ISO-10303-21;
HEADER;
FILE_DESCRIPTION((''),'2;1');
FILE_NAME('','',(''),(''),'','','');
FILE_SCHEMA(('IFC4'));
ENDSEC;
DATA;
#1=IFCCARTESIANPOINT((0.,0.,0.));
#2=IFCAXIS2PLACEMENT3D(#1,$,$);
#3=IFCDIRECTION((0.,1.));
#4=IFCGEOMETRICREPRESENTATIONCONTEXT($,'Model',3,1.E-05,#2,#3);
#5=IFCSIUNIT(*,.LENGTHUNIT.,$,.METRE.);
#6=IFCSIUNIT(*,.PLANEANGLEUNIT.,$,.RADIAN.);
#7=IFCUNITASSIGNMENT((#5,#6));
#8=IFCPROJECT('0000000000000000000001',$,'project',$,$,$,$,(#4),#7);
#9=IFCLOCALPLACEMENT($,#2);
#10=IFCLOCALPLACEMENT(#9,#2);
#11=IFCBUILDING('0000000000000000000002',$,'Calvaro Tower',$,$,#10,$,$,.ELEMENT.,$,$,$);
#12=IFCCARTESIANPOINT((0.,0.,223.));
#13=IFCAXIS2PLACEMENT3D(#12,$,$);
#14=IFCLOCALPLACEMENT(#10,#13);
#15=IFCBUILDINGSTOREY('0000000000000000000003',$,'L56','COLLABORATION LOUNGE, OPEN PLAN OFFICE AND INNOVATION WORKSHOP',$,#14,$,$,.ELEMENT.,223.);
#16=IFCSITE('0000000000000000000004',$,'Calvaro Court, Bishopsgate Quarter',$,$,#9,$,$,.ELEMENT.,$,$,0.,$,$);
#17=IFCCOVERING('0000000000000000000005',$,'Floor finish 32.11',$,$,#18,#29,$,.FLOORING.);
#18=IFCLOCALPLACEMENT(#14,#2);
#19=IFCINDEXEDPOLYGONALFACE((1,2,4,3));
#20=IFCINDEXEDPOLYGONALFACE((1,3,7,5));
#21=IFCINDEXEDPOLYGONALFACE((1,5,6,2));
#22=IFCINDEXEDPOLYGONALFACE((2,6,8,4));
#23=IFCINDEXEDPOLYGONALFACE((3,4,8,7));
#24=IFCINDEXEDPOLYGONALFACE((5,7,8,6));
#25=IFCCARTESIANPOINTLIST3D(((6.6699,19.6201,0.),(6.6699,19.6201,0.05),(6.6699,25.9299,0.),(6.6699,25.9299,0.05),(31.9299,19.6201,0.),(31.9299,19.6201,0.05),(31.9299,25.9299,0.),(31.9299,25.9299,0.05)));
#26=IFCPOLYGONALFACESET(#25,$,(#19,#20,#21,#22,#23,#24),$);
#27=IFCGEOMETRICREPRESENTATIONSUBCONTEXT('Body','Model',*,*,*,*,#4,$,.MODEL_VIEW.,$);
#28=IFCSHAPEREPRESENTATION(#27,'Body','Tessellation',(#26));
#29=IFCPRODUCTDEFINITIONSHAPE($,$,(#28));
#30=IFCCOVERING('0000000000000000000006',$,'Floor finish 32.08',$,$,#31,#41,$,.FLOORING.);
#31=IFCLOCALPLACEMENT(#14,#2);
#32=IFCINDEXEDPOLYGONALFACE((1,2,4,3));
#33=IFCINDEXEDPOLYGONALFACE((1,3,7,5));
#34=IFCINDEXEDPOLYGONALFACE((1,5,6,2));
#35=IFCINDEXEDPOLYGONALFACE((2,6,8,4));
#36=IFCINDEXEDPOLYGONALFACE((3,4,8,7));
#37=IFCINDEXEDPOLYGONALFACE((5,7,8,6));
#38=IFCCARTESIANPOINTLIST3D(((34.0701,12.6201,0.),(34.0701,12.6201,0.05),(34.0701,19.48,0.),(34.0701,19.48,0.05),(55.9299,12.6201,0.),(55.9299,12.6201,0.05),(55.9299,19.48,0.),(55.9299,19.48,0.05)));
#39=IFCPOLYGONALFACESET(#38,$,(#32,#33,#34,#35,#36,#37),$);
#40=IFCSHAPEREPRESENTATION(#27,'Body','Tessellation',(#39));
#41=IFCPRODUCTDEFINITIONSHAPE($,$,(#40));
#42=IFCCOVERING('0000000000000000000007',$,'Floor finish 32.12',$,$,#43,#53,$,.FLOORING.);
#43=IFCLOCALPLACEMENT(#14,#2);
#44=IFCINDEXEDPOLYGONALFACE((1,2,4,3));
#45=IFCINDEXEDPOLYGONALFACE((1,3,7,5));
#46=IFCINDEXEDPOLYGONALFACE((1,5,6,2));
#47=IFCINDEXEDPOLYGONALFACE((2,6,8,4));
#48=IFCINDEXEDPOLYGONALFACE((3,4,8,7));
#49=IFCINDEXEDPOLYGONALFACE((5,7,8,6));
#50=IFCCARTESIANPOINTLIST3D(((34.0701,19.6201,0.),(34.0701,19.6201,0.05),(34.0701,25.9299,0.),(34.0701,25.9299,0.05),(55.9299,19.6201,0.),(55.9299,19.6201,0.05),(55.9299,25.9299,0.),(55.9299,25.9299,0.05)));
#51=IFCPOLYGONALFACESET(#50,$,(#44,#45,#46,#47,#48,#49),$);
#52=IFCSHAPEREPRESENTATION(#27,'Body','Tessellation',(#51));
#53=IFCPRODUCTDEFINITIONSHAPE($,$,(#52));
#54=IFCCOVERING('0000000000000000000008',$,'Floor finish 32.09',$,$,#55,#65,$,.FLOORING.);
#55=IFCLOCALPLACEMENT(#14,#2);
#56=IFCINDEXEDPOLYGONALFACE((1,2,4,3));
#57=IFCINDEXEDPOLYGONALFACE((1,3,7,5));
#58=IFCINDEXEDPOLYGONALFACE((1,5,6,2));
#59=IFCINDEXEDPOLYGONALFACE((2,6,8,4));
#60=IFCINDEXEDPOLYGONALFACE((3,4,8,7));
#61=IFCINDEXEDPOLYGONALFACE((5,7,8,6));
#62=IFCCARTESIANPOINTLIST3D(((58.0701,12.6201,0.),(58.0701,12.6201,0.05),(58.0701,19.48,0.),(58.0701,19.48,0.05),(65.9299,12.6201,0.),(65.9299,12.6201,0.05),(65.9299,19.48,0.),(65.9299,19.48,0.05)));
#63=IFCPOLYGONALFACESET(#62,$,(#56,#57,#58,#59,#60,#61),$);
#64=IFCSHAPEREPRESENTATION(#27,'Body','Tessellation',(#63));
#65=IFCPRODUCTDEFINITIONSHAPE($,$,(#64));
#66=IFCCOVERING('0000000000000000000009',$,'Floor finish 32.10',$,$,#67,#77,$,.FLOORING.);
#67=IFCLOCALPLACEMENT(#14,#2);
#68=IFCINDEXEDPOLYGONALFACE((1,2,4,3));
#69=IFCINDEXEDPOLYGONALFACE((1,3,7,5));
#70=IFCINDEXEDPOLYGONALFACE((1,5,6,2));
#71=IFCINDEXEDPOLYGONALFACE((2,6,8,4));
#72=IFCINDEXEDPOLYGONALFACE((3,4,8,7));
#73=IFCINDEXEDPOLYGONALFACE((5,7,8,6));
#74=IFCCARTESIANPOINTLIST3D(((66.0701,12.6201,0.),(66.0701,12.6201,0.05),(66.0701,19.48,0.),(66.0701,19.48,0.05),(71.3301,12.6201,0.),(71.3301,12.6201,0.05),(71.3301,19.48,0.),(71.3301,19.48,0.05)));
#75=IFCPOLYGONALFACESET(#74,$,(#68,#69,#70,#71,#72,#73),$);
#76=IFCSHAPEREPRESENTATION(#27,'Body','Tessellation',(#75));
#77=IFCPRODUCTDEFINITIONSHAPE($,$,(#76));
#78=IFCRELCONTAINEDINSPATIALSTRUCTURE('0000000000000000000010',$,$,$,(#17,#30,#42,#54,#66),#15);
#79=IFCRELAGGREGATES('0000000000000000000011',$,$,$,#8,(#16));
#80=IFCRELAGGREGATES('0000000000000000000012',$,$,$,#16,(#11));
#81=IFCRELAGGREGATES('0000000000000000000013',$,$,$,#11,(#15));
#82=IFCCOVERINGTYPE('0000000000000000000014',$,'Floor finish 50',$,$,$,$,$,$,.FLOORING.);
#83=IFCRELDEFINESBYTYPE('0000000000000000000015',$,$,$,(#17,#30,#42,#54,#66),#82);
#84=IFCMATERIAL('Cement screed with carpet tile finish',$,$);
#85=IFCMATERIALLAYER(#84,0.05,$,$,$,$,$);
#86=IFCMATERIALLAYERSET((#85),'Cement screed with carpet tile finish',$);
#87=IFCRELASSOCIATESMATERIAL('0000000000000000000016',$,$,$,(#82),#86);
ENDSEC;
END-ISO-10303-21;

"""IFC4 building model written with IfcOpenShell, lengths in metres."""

from ifc_helpers import new_model, si_unit, direction, frame, origin, place, context, subcontext, project, spatial, polyline, outline, extrude, material, layer, layer_set, type_object, element, save


model = new_model("IFC4")

# Units and contexts
model_context = context("Model", 3, precision=1e-05, world=origin(), true_north=direction((0.0, 1.0)))
body_context = subcontext(model_context, "Body", "Model", "MODEL_VIEW")
ifc_project = project(units=[si_unit("LENGTHUNIT", "METRE"), si_unit("PLANEANGLEUNIT", "RADIAN")], contexts=[model_context])

# Site, building, storey
site_placement = place(None, origin())
site = spatial("IfcSite", under=ifc_project, at=site_placement, Name="Calvaro Court, Bishopsgate Quarter", CompositionType="ELEMENT", RefElevation=0.0)
building_placement = place(site_placement, origin())
building = spatial("IfcBuilding", under=site, at=building_placement, Name="Calvaro Tower", CompositionType="ELEMENT")
storey_placement = place(building_placement, frame((0.0, 0.0, 223.0)))
storey = spatial("IfcBuildingStorey", under=building, at=storey_placement, Name="L56", Description="COLLABORATION LOUNGE, OPEN PLAN OFFICE AND INNOVATION WORKSHOP", CompositionType="ELEMENT", Elevation=223.0)

# Coverings
ifc_material_1 = material(Name="Cement screed with carpet tile finish")
ifc_layer_1 = layer(ifc_material_1, 0.05)
ifc_layer_set_1 = layer_set([ifc_layer_1], Name="Cement screed with carpet tile finish")
covering_type = type_object("IfcCoveringType", Name="Floor finish 50", PredefinedType="FLOORING", material=ifc_layer_set_1)
covering_1_placement = place(storey_placement, origin())
element("IfcCovering", 1, at=covering_1_placement, inside=storey, type_object=covering_type, Name="Floor finish 32.11", PredefinedType="FLOORING", context=body_context, shape_type="SweptSolid", body=[
    extrude(outline(polyline([(31.9299, 25.9299), (31.9299, 19.6201), (6.6699, 19.6201), (6.6699, 25.9299), (31.9299, 25.9299)])), origin(), (0.0, 0.0, 1.0), 0.05),
])
covering_2_placement = place(storey_placement, origin())
element("IfcCovering", 2, at=covering_2_placement, inside=storey, type_object=covering_type, Name="Floor finish 32.08", PredefinedType="FLOORING", context=body_context, shape_type="SweptSolid", body=[
    extrude(outline(polyline([(34.0701, 12.6201), (34.0701, 19.48), (55.9299, 19.48), (55.9299, 12.6201), (34.0701, 12.6201)])), origin(), (0.0, 0.0, 1.0), 0.05),
])
covering_3_placement = place(storey_placement, origin())
element("IfcCovering", 3, at=covering_3_placement, inside=storey, type_object=covering_type, Name="Floor finish 32.12", PredefinedType="FLOORING", context=body_context, shape_type="SweptSolid", body=[
    extrude(outline(polyline([(34.0701, 19.6201), (34.0701, 25.9299), (55.9299, 25.9299), (55.9299, 19.6201), (34.0701, 19.6201)])), origin(), (0.0, 0.0, 1.0), 0.05),
])
covering_4_placement = place(storey_placement, origin())
element("IfcCovering", 4, at=covering_4_placement, inside=storey, type_object=covering_type, Name="Floor finish 32.09", PredefinedType="FLOORING", context=body_context, shape_type="SweptSolid", body=[
    extrude(outline(polyline([(58.0701, 12.6201), (58.0701, 19.48), (65.9299, 19.48), (65.9299, 12.6201), (58.0701, 12.6201)])), origin(), (0.0, 0.0, 1.0), 0.05),
])
covering_5_placement = place(storey_placement, origin())
element("IfcCovering", 5, at=covering_5_placement, inside=storey, type_object=covering_type, Name="Floor finish 32.10", PredefinedType="FLOORING", context=body_context, shape_type="SweptSolid", body=[
    extrude(outline(polyline([(71.3301, 12.6201), (66.0701, 12.6201), (66.0701, 19.48), (71.3301, 19.48), (71.3301, 12.6201)])), origin(), (0.0, 0.0, 1.0), 0.05),
])

save(model, "model.ifc")
